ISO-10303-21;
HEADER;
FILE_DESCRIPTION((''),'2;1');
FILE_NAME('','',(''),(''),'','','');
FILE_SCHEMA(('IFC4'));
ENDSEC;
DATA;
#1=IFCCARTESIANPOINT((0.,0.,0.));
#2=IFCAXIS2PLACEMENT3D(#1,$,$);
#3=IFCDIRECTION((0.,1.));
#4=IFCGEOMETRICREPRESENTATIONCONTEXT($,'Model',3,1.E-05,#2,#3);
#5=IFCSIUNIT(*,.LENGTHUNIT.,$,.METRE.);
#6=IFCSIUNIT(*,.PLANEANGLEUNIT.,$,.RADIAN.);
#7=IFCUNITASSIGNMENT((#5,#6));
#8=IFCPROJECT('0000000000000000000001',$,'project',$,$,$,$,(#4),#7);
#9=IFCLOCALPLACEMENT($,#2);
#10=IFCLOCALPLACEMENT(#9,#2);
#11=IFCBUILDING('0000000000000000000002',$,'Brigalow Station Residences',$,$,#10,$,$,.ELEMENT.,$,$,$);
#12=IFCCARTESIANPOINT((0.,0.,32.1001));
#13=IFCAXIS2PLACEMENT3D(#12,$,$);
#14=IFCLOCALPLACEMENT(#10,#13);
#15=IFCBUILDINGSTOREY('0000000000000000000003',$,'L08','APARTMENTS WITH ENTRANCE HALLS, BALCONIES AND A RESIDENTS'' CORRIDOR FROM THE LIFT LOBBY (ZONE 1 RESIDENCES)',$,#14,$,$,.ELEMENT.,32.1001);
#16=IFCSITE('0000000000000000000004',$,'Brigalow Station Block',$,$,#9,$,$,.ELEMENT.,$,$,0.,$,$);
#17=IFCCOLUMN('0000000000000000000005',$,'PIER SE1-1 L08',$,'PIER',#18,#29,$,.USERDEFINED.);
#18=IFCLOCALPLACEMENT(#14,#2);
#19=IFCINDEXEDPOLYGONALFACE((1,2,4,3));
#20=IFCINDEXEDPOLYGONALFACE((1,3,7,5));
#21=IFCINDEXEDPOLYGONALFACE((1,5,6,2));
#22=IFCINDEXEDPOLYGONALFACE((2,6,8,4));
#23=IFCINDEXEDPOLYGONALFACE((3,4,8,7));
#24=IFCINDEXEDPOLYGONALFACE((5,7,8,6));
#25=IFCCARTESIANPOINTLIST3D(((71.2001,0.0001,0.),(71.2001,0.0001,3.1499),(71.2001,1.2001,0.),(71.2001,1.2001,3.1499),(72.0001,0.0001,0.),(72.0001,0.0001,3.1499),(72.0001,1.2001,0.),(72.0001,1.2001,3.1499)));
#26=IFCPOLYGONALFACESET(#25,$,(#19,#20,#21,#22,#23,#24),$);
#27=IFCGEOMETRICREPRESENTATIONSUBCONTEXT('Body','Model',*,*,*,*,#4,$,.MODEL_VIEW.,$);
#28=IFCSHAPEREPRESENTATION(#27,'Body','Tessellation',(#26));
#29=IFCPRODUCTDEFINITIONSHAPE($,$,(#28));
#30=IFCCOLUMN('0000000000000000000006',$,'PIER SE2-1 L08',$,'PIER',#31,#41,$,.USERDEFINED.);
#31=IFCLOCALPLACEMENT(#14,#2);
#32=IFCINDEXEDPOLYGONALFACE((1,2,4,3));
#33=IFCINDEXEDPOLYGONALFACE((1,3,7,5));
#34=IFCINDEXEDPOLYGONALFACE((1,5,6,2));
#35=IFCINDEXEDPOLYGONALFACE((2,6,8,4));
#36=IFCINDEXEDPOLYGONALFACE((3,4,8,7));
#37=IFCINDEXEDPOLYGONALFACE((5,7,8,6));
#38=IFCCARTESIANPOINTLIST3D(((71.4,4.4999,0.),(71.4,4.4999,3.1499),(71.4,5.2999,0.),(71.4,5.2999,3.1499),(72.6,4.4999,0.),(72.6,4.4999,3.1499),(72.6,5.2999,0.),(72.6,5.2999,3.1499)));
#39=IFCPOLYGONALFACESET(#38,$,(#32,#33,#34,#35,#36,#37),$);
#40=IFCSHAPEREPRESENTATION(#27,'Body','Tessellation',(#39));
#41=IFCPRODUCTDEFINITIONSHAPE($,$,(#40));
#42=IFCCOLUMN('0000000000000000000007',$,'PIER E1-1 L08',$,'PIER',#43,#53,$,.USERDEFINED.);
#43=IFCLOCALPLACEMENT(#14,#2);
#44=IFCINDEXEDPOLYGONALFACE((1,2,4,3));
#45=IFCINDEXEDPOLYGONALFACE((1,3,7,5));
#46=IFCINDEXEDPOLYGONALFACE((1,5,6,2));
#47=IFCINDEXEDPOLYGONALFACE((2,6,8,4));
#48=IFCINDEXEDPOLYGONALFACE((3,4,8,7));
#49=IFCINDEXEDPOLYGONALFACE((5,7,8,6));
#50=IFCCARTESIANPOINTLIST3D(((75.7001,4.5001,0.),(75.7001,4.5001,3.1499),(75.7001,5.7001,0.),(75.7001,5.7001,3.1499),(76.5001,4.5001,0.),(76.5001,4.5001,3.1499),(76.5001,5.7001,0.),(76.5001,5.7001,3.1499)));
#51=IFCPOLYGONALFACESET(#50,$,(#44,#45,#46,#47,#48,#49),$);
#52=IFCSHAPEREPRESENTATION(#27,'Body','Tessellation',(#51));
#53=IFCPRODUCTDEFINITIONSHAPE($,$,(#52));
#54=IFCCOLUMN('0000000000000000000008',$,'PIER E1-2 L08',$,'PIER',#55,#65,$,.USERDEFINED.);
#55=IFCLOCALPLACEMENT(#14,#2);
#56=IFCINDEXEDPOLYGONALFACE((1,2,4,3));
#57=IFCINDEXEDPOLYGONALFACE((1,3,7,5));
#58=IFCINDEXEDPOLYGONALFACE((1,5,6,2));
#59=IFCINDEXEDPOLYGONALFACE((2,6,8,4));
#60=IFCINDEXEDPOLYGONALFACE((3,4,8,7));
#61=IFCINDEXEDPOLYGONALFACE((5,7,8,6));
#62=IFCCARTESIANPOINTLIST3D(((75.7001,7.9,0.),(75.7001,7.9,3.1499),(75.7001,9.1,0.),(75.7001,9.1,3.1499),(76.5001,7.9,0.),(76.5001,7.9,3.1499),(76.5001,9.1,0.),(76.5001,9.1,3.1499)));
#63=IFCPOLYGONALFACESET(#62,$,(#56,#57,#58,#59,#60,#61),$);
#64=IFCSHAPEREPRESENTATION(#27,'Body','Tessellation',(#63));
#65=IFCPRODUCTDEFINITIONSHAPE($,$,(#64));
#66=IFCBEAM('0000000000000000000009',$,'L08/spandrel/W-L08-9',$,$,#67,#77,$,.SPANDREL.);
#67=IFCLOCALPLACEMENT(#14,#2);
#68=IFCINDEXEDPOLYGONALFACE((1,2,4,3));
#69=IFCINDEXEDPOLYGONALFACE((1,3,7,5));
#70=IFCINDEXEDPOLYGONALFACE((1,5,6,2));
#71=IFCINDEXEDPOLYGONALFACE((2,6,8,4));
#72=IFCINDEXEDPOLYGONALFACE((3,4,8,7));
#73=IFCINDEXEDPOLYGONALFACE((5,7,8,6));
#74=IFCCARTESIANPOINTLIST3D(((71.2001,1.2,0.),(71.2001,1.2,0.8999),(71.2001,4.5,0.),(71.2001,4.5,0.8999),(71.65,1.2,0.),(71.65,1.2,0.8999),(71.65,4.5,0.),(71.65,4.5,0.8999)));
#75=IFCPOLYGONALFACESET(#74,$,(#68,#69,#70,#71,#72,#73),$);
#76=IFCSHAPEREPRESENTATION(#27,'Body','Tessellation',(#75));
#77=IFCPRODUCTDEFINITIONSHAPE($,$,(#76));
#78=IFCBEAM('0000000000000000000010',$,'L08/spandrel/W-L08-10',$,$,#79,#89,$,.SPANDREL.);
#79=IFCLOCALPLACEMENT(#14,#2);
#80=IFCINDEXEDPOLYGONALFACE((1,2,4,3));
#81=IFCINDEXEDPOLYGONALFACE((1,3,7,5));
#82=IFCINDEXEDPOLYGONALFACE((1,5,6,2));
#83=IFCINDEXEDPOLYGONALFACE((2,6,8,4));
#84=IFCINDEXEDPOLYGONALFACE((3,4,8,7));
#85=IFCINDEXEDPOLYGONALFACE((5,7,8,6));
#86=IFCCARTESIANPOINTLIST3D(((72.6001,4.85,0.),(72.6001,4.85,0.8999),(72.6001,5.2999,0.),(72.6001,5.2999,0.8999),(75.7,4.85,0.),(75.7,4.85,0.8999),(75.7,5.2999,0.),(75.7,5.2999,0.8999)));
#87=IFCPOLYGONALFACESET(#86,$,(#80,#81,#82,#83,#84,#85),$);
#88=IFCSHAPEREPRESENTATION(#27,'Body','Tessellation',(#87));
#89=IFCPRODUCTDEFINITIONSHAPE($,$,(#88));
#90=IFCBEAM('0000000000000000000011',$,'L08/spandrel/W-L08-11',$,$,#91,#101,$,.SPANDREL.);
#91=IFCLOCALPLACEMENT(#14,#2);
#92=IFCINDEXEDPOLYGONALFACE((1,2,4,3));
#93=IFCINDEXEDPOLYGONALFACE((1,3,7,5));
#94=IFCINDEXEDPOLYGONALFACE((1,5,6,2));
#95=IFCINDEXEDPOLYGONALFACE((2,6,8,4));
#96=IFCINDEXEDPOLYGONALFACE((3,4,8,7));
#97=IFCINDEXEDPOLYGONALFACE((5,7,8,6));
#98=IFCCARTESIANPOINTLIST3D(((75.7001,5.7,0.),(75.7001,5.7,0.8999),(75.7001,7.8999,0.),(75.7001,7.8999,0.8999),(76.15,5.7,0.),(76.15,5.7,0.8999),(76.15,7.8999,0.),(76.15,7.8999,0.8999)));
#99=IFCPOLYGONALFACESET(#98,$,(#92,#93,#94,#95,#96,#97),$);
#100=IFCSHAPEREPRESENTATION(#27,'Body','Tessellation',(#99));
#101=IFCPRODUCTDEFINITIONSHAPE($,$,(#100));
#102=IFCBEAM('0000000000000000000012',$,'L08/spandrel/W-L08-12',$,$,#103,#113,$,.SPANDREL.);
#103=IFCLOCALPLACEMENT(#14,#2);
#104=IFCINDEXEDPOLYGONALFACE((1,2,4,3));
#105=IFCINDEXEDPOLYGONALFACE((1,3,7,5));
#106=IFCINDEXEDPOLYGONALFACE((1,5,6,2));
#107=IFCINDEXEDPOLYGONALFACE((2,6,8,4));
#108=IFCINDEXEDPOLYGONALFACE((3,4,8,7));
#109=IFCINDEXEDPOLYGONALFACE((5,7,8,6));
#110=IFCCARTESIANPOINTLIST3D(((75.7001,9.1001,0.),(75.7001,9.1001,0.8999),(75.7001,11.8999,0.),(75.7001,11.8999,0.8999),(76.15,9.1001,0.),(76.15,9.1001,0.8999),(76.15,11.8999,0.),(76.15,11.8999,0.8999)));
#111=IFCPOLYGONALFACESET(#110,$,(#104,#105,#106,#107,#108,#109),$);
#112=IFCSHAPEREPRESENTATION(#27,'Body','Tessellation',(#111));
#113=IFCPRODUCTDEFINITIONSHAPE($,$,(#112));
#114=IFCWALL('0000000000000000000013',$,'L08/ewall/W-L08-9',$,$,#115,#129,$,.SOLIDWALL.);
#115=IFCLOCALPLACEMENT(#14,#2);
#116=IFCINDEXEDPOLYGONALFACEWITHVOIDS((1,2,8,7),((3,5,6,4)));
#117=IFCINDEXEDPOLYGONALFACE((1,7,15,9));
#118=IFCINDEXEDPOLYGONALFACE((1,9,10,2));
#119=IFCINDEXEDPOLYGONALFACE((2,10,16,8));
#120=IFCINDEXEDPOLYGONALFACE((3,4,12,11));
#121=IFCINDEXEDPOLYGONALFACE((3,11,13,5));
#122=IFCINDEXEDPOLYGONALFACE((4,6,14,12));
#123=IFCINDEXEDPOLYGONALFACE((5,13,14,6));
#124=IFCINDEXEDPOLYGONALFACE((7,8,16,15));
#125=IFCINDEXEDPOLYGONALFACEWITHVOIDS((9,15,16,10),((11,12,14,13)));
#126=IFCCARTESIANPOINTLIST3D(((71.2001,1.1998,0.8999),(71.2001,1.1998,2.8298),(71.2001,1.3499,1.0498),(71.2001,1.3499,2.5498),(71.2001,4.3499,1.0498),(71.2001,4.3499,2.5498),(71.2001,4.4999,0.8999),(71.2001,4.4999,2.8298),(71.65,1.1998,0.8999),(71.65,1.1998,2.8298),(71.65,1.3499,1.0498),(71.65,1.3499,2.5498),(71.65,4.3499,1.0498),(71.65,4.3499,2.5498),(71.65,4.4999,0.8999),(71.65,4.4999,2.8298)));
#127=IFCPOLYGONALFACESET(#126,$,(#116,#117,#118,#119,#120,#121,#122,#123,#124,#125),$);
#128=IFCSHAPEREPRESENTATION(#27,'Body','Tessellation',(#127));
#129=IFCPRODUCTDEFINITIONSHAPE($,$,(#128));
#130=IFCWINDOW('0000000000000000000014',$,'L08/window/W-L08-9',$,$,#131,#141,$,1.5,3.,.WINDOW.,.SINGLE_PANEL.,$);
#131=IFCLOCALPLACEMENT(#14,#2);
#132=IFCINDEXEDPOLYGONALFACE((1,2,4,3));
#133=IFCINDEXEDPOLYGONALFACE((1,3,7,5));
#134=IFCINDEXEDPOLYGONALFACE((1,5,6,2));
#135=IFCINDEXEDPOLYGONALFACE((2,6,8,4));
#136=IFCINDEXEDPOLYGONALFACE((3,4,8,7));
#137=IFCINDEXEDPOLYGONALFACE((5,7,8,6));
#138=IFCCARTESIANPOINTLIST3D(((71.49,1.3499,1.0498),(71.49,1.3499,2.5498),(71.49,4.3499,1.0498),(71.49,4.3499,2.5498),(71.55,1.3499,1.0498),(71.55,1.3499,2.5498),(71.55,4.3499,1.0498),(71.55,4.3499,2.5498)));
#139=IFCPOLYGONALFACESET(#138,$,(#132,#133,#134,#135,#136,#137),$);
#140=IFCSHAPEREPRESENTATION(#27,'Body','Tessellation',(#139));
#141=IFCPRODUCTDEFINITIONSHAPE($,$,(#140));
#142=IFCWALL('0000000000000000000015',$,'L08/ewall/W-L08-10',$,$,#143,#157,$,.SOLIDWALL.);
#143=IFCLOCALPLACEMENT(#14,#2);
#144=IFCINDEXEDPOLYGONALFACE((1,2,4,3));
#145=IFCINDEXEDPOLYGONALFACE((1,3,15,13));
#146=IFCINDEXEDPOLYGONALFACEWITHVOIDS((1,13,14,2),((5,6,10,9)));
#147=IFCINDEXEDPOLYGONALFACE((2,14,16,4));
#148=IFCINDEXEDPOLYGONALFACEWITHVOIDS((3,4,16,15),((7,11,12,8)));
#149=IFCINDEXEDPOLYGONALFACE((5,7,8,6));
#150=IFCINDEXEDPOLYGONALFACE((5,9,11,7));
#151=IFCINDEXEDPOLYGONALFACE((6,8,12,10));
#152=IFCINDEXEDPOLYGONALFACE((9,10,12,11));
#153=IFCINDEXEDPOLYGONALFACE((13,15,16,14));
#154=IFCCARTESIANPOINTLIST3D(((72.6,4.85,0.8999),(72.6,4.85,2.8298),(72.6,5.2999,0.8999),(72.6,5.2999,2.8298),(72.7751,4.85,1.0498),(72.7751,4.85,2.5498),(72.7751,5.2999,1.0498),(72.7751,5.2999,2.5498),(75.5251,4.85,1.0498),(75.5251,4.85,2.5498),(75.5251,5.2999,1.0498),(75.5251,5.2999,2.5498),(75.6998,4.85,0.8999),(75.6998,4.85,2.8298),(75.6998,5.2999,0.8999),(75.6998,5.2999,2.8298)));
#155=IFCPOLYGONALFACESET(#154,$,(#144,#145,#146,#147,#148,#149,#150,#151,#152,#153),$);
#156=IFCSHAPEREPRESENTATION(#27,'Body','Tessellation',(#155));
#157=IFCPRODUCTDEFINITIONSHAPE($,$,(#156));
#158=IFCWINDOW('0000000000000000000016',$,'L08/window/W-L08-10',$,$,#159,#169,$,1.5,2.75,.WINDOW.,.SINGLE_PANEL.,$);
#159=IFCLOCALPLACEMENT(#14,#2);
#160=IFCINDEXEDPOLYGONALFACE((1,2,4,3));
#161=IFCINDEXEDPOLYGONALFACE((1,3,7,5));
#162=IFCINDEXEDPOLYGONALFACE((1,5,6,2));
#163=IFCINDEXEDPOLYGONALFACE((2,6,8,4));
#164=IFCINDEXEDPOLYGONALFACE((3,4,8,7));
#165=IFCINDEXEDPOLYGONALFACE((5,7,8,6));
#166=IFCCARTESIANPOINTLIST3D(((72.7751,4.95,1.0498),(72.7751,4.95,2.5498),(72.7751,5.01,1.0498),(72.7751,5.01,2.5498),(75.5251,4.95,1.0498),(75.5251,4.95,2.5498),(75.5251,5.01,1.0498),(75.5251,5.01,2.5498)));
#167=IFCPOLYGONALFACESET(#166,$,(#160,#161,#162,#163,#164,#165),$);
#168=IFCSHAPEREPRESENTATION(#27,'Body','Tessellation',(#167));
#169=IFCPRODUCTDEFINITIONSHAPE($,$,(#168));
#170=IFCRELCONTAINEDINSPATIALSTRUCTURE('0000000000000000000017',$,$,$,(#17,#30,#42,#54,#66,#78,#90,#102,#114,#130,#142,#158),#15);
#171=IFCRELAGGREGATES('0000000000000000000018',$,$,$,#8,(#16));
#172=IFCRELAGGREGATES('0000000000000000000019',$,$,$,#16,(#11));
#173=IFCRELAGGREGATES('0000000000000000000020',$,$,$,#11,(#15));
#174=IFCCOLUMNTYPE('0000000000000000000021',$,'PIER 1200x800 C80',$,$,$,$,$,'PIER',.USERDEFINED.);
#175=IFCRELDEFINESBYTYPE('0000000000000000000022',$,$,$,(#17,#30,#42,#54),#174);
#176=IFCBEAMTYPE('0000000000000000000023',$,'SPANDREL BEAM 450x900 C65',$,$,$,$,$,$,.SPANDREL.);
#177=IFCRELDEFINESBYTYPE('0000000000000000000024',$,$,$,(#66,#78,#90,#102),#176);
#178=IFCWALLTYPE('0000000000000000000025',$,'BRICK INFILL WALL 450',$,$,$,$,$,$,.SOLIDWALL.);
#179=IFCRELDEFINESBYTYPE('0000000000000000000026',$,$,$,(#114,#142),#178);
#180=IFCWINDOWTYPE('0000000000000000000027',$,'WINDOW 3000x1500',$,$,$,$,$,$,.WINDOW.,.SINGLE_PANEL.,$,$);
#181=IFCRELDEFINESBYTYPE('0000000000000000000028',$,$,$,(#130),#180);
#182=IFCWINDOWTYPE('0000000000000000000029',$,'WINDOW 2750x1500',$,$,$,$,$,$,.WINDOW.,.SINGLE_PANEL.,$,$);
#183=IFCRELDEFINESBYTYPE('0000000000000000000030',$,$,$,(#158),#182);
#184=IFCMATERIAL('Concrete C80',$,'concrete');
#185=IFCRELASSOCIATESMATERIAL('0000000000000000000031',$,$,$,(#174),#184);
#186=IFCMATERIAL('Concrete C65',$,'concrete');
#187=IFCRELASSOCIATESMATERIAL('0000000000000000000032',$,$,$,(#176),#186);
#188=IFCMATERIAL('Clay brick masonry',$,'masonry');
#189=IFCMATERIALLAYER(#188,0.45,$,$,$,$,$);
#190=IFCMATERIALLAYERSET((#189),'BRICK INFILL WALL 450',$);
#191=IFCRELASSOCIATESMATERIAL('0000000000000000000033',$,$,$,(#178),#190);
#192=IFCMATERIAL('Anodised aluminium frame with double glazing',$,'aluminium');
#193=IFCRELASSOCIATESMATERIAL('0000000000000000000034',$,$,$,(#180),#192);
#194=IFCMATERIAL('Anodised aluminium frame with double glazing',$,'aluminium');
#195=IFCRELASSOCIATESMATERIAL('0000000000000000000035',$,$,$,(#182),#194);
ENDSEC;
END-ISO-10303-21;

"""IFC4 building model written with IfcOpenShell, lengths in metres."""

from ifc_helpers import new_model, si_unit, direction, frame, frame_2d, origin, origin_2d, place, context, subcontext, project, spatial, rectangle, extrude, material, layer, layer_set, material_profile, profile_set, type_object, element, fill, save


model = new_model("IFC4")

# Units and contexts
model_context = context("Model", 3, precision=1e-05, world=origin(), true_north=direction((0.0, 1.0)))
body_context = subcontext(model_context, "Body", "Model", "MODEL_VIEW")
ifc_project = project(units=[si_unit("LENGTHUNIT", "METRE"), si_unit("PLANEANGLEUNIT", "RADIAN")], contexts=[model_context])

# Site, building, storey
site_placement = place(None, origin())
site = spatial("IfcSite", under=ifc_project, at=site_placement, Name="Brigalow Station Block", CompositionType="ELEMENT", RefElevation=0.0)
building_placement = place(site_placement, origin())
building = spatial("IfcBuilding", under=site, at=building_placement, Name="Brigalow Station Residences", CompositionType="ELEMENT")
storey_placement = place(building_placement, frame((0.0, 0.0, 32.1001)))
storey = spatial("IfcBuildingStorey", under=building, at=storey_placement, Name="L08", Description="APARTMENTS WITH ENTRANCE HALLS, BALCONIES AND A RESIDENTS' CORRIDOR FROM THE LIFT LOBBY (ZONE 1 RESIDENCES)", CompositionType="ELEMENT", Elevation=32.1001)

# Columns
ifc_material_1 = material(Name="Concrete C80", Category="concrete")
ifc_material_profile_1 = material_profile(ifc_material_1, rectangle(XDim=1.2, YDim=0.8, at=origin_2d()), Name="RC1200x800")
ifc_profile_set_1 = profile_set([ifc_material_profile_1], Name="Concrete C80")
column_type = type_object("IfcColumnType", Name="PIER 1200x800 C80", ElementType="PIER", PredefinedType="USERDEFINED", material=ifc_profile_set_1)
for number, where, z_axis, x_axis, name in (
    (1, (71.6001, 0.6001, 0.0), (0.0, 0.0, 1.0), (0.0, 1.0, 0.0), "PIER SE1-1 L08"),
    (2, (72.0, 4.8999, 0.0), (0.0, 0.0, 1.0), (1.0, 0.0, 0.0), "PIER SE2-1 L08"),
    (3, (76.1001, 5.1001, 0.0), (0.0, 0.0, 1.0), (0.0, 1.0, 0.0), "PIER E1-1 L08"),
    (4, (76.1001, 8.5, 0.0), (0.0, 0.0, 1.0), (0.0, 1.0, 0.0), "PIER E1-2 L08"),
):
    element("IfcColumn", number, at=place(storey_placement, frame(where, z_axis=z_axis, x_axis=x_axis)), inside=storey, type_object=column_type, Name=name, ObjectType="PIER", PredefinedType="USERDEFINED", context=body_context, shape_type="SweptSolid", body=[
        extrude(rectangle(XDim=1.2, YDim=0.8, at=origin_2d()), origin(), (0.0, 0.0, 1.0), 3.1499),
    ])

# Beams
ifc_material_2 = material(Name="Concrete C65", Category="concrete")
ifc_material_profile_2 = material_profile(ifc_material_2, rectangle(XDim=0.45, YDim=0.8999, at=origin_2d()), Name="RC450x900")
ifc_profile_set_2 = profile_set([ifc_material_profile_2], Name="Concrete C65")
beam_type = type_object("IfcBeamType", Name="SPANDREL BEAM 450x900 C65", PredefinedType="SPANDREL", material=ifc_profile_set_2)
beam_1_placement = place(storey_placement, frame((71.425, 1.2, 0.45), z_axis=(0.0, 1.0, 0.0), x_axis=(-1.0, 0.0, 0.0)))
element("IfcBeam", 5, at=beam_1_placement, inside=storey, type_object=beam_type, Name="L08/spandrel/W-L08-9", PredefinedType="SPANDREL", context=body_context, shape_type="SweptSolid", body=[
    extrude(rectangle(XDim=0.45, YDim=0.8999, at=origin_2d()), origin(), (0.0, 0.0, 1.0), 3.3),
])
beam_2_placement = place(storey_placement, frame((72.6001, 5.075, 0.45), z_axis=(1.0, 0.0, 0.0), x_axis=(0.0, 1.0, 0.0)))
element("IfcBeam", 6, at=beam_2_placement, inside=storey, type_object=beam_type, Name="L08/spandrel/W-L08-10", PredefinedType="SPANDREL", context=body_context, shape_type="SweptSolid", body=[
    extrude(rectangle(XDim=0.45, YDim=0.8999, at=origin_2d()), origin(), (0.0, 0.0, 1.0), 3.0999),
])
beam_3_placement = place(storey_placement, frame((75.925, 5.7, 0.45), z_axis=(0.0, 1.0, 0.0), x_axis=(-1.0, 0.0, 0.0)))
element("IfcBeam", 7, at=beam_3_placement, inside=storey, type_object=beam_type, Name="L08/spandrel/W-L08-11", PredefinedType="SPANDREL", context=body_context, shape_type="SweptSolid", body=[
    extrude(rectangle(XDim=0.45, YDim=0.8999, at=origin_2d()), origin(), (0.0, 0.0, 1.0), 2.2),
])
beam_4_placement = place(storey_placement, frame((75.925, 9.1001, 0.45), z_axis=(0.0, 1.0, 0.0), x_axis=(-1.0, 0.0, 0.0)))
element("IfcBeam", 8, at=beam_4_placement, inside=storey, type_object=beam_type, Name="L08/spandrel/W-L08-12", PredefinedType="SPANDREL", context=body_context, shape_type="SweptSolid", body=[
    extrude(rectangle(XDim=0.45, YDim=0.8999, at=origin_2d()), origin(), (0.0, 0.0, 1.0), 2.7998),
])

# Walls, openings, windows
ifc_material_3 = material(Name="Clay brick masonry", Category="masonry")
ifc_layer_1 = layer(ifc_material_3, 0.45)
ifc_layer_set_1 = layer_set([ifc_layer_1], Name="BRICK INFILL WALL 450")
wall_type_1 = type_object("IfcWallType", Name="BRICK INFILL WALL 450", PredefinedType="SOLIDWALL", material=ifc_layer_set_1)
wall_1_placement = place(storey_placement, frame((71.425, 1.2, 0.8999), z_axis=(0.0, 0.0, 1.0), x_axis=(0.0, 1.0, 0.0)))
wall_1 = element("IfcWall", 9, at=wall_1_placement, inside=storey, type_object=wall_type_1, Name="L08/ewall/W-L08-9", PredefinedType="SOLIDWALL", context=body_context, shape_type="SweptSolid", body=[
    extrude(rectangle(XDim=3.3, YDim=0.45, at=frame_2d((1.6499, 0.0))), origin(), (0.0, 0.0, 1.0), 1.9299),
])
opening_1_placement = place(wall_1_placement, frame((0.1499, 0.0, 0.1499)))
opening_1 = element("IfcOpeningElement", 10, at=opening_1_placement, cuts=wall_1, PredefinedType="OPENING", context=body_context, shape_type="SweptSolid", body=[
    extrude(rectangle(XDim=3.0, YDim=1.5, at=frame_2d((1.5, 0.75))), frame((0.0, 0.2349, 0.0), z_axis=(0.0, -1.0, 0.0), x_axis=(1.0, 0.0, 0.0)), (0.0, 0.0, 1.0), 0.47),
])
ifc_material_4 = material(Name="Anodised aluminium frame with double glazing", Category="aluminium")
window_type_1 = type_object("IfcWindowType", Name="WINDOW 3000x1500", PartitioningType="SINGLE_PANEL", PredefinedType="WINDOW", material=ifc_material_4)
window_1_placement = place(opening_1_placement, origin())
window_1 = element("IfcWindow", 11, at=window_1_placement, inside=storey, type_object=window_type_1, Name="L08/window/W-L08-9", OverallHeight=1.5, OverallWidth=3.0, PartitioningType="SINGLE_PANEL", PredefinedType="WINDOW", context=body_context, shape_type="SweptSolid", body=[
    extrude(rectangle(XDim=3.0, YDim=1.5, at=frame_2d((1.5, 0.75))), frame((0.0, -0.0649, 0.0), z_axis=(0.0, -1.0, 0.0), x_axis=(1.0, 0.0, 0.0)), (0.0, 0.0, 1.0), 0.0601),
])
fill(opening_1, window_1)
wall_2_placement = place(storey_placement, frame((72.6001, 5.075, 0.8999), z_axis=(0.0, 0.0, 1.0), x_axis=(1.0, 0.0, 0.0)))
wall_2 = element("IfcWall", 12, at=wall_2_placement, inside=storey, type_object=wall_type_1, Name="L08/ewall/W-L08-10", PredefinedType="SOLIDWALL", context=body_context, shape_type="SweptSolid", body=[
    extrude(rectangle(XDim=3.0999, YDim=0.45, at=frame_2d((1.5498, 0.0))), origin(), (0.0, 0.0, 1.0), 1.9299),
])
opening_2_placement = place(wall_2_placement, frame((0.175, 0.0, 0.1499)))
opening_2 = element("IfcOpeningElement", 13, at=opening_2_placement, cuts=wall_2, PredefinedType="OPENING", context=body_context, shape_type="SweptSolid", body=[
    extrude(rectangle(XDim=2.75, YDim=1.5, at=frame_2d((1.375, 0.75))), frame((0.0, 0.2349, 0.0), z_axis=(0.0, -1.0, 0.0), x_axis=(1.0, 0.0, 0.0)), (0.0, 0.0, 1.0), 0.47),
])
ifc_material_5 = material(Name="Anodised aluminium frame with double glazing", Category="aluminium")
window_type_2 = type_object("IfcWindowType", Name="WINDOW 2750x1500", PartitioningType="SINGLE_PANEL", PredefinedType="WINDOW", material=ifc_material_5)
window_2_placement = place(opening_2_placement, origin())
window_2 = element("IfcWindow", 14, at=window_2_placement, inside=storey, type_object=window_type_2, Name="L08/window/W-L08-10", OverallHeight=1.5, OverallWidth=2.75, PartitioningType="SINGLE_PANEL", PredefinedType="WINDOW", context=body_context, shape_type="SweptSolid", body=[
    extrude(rectangle(XDim=2.75, YDim=1.5, at=frame_2d((1.375, 0.75))), frame((0.0, -0.0649, 0.0), z_axis=(0.0, -1.0, 0.0), x_axis=(1.0, 0.0, 0.0)), (0.0, 0.0, 1.0), 0.0601),
])
fill(opening_2, window_2)

save(model, "model.ifc")
